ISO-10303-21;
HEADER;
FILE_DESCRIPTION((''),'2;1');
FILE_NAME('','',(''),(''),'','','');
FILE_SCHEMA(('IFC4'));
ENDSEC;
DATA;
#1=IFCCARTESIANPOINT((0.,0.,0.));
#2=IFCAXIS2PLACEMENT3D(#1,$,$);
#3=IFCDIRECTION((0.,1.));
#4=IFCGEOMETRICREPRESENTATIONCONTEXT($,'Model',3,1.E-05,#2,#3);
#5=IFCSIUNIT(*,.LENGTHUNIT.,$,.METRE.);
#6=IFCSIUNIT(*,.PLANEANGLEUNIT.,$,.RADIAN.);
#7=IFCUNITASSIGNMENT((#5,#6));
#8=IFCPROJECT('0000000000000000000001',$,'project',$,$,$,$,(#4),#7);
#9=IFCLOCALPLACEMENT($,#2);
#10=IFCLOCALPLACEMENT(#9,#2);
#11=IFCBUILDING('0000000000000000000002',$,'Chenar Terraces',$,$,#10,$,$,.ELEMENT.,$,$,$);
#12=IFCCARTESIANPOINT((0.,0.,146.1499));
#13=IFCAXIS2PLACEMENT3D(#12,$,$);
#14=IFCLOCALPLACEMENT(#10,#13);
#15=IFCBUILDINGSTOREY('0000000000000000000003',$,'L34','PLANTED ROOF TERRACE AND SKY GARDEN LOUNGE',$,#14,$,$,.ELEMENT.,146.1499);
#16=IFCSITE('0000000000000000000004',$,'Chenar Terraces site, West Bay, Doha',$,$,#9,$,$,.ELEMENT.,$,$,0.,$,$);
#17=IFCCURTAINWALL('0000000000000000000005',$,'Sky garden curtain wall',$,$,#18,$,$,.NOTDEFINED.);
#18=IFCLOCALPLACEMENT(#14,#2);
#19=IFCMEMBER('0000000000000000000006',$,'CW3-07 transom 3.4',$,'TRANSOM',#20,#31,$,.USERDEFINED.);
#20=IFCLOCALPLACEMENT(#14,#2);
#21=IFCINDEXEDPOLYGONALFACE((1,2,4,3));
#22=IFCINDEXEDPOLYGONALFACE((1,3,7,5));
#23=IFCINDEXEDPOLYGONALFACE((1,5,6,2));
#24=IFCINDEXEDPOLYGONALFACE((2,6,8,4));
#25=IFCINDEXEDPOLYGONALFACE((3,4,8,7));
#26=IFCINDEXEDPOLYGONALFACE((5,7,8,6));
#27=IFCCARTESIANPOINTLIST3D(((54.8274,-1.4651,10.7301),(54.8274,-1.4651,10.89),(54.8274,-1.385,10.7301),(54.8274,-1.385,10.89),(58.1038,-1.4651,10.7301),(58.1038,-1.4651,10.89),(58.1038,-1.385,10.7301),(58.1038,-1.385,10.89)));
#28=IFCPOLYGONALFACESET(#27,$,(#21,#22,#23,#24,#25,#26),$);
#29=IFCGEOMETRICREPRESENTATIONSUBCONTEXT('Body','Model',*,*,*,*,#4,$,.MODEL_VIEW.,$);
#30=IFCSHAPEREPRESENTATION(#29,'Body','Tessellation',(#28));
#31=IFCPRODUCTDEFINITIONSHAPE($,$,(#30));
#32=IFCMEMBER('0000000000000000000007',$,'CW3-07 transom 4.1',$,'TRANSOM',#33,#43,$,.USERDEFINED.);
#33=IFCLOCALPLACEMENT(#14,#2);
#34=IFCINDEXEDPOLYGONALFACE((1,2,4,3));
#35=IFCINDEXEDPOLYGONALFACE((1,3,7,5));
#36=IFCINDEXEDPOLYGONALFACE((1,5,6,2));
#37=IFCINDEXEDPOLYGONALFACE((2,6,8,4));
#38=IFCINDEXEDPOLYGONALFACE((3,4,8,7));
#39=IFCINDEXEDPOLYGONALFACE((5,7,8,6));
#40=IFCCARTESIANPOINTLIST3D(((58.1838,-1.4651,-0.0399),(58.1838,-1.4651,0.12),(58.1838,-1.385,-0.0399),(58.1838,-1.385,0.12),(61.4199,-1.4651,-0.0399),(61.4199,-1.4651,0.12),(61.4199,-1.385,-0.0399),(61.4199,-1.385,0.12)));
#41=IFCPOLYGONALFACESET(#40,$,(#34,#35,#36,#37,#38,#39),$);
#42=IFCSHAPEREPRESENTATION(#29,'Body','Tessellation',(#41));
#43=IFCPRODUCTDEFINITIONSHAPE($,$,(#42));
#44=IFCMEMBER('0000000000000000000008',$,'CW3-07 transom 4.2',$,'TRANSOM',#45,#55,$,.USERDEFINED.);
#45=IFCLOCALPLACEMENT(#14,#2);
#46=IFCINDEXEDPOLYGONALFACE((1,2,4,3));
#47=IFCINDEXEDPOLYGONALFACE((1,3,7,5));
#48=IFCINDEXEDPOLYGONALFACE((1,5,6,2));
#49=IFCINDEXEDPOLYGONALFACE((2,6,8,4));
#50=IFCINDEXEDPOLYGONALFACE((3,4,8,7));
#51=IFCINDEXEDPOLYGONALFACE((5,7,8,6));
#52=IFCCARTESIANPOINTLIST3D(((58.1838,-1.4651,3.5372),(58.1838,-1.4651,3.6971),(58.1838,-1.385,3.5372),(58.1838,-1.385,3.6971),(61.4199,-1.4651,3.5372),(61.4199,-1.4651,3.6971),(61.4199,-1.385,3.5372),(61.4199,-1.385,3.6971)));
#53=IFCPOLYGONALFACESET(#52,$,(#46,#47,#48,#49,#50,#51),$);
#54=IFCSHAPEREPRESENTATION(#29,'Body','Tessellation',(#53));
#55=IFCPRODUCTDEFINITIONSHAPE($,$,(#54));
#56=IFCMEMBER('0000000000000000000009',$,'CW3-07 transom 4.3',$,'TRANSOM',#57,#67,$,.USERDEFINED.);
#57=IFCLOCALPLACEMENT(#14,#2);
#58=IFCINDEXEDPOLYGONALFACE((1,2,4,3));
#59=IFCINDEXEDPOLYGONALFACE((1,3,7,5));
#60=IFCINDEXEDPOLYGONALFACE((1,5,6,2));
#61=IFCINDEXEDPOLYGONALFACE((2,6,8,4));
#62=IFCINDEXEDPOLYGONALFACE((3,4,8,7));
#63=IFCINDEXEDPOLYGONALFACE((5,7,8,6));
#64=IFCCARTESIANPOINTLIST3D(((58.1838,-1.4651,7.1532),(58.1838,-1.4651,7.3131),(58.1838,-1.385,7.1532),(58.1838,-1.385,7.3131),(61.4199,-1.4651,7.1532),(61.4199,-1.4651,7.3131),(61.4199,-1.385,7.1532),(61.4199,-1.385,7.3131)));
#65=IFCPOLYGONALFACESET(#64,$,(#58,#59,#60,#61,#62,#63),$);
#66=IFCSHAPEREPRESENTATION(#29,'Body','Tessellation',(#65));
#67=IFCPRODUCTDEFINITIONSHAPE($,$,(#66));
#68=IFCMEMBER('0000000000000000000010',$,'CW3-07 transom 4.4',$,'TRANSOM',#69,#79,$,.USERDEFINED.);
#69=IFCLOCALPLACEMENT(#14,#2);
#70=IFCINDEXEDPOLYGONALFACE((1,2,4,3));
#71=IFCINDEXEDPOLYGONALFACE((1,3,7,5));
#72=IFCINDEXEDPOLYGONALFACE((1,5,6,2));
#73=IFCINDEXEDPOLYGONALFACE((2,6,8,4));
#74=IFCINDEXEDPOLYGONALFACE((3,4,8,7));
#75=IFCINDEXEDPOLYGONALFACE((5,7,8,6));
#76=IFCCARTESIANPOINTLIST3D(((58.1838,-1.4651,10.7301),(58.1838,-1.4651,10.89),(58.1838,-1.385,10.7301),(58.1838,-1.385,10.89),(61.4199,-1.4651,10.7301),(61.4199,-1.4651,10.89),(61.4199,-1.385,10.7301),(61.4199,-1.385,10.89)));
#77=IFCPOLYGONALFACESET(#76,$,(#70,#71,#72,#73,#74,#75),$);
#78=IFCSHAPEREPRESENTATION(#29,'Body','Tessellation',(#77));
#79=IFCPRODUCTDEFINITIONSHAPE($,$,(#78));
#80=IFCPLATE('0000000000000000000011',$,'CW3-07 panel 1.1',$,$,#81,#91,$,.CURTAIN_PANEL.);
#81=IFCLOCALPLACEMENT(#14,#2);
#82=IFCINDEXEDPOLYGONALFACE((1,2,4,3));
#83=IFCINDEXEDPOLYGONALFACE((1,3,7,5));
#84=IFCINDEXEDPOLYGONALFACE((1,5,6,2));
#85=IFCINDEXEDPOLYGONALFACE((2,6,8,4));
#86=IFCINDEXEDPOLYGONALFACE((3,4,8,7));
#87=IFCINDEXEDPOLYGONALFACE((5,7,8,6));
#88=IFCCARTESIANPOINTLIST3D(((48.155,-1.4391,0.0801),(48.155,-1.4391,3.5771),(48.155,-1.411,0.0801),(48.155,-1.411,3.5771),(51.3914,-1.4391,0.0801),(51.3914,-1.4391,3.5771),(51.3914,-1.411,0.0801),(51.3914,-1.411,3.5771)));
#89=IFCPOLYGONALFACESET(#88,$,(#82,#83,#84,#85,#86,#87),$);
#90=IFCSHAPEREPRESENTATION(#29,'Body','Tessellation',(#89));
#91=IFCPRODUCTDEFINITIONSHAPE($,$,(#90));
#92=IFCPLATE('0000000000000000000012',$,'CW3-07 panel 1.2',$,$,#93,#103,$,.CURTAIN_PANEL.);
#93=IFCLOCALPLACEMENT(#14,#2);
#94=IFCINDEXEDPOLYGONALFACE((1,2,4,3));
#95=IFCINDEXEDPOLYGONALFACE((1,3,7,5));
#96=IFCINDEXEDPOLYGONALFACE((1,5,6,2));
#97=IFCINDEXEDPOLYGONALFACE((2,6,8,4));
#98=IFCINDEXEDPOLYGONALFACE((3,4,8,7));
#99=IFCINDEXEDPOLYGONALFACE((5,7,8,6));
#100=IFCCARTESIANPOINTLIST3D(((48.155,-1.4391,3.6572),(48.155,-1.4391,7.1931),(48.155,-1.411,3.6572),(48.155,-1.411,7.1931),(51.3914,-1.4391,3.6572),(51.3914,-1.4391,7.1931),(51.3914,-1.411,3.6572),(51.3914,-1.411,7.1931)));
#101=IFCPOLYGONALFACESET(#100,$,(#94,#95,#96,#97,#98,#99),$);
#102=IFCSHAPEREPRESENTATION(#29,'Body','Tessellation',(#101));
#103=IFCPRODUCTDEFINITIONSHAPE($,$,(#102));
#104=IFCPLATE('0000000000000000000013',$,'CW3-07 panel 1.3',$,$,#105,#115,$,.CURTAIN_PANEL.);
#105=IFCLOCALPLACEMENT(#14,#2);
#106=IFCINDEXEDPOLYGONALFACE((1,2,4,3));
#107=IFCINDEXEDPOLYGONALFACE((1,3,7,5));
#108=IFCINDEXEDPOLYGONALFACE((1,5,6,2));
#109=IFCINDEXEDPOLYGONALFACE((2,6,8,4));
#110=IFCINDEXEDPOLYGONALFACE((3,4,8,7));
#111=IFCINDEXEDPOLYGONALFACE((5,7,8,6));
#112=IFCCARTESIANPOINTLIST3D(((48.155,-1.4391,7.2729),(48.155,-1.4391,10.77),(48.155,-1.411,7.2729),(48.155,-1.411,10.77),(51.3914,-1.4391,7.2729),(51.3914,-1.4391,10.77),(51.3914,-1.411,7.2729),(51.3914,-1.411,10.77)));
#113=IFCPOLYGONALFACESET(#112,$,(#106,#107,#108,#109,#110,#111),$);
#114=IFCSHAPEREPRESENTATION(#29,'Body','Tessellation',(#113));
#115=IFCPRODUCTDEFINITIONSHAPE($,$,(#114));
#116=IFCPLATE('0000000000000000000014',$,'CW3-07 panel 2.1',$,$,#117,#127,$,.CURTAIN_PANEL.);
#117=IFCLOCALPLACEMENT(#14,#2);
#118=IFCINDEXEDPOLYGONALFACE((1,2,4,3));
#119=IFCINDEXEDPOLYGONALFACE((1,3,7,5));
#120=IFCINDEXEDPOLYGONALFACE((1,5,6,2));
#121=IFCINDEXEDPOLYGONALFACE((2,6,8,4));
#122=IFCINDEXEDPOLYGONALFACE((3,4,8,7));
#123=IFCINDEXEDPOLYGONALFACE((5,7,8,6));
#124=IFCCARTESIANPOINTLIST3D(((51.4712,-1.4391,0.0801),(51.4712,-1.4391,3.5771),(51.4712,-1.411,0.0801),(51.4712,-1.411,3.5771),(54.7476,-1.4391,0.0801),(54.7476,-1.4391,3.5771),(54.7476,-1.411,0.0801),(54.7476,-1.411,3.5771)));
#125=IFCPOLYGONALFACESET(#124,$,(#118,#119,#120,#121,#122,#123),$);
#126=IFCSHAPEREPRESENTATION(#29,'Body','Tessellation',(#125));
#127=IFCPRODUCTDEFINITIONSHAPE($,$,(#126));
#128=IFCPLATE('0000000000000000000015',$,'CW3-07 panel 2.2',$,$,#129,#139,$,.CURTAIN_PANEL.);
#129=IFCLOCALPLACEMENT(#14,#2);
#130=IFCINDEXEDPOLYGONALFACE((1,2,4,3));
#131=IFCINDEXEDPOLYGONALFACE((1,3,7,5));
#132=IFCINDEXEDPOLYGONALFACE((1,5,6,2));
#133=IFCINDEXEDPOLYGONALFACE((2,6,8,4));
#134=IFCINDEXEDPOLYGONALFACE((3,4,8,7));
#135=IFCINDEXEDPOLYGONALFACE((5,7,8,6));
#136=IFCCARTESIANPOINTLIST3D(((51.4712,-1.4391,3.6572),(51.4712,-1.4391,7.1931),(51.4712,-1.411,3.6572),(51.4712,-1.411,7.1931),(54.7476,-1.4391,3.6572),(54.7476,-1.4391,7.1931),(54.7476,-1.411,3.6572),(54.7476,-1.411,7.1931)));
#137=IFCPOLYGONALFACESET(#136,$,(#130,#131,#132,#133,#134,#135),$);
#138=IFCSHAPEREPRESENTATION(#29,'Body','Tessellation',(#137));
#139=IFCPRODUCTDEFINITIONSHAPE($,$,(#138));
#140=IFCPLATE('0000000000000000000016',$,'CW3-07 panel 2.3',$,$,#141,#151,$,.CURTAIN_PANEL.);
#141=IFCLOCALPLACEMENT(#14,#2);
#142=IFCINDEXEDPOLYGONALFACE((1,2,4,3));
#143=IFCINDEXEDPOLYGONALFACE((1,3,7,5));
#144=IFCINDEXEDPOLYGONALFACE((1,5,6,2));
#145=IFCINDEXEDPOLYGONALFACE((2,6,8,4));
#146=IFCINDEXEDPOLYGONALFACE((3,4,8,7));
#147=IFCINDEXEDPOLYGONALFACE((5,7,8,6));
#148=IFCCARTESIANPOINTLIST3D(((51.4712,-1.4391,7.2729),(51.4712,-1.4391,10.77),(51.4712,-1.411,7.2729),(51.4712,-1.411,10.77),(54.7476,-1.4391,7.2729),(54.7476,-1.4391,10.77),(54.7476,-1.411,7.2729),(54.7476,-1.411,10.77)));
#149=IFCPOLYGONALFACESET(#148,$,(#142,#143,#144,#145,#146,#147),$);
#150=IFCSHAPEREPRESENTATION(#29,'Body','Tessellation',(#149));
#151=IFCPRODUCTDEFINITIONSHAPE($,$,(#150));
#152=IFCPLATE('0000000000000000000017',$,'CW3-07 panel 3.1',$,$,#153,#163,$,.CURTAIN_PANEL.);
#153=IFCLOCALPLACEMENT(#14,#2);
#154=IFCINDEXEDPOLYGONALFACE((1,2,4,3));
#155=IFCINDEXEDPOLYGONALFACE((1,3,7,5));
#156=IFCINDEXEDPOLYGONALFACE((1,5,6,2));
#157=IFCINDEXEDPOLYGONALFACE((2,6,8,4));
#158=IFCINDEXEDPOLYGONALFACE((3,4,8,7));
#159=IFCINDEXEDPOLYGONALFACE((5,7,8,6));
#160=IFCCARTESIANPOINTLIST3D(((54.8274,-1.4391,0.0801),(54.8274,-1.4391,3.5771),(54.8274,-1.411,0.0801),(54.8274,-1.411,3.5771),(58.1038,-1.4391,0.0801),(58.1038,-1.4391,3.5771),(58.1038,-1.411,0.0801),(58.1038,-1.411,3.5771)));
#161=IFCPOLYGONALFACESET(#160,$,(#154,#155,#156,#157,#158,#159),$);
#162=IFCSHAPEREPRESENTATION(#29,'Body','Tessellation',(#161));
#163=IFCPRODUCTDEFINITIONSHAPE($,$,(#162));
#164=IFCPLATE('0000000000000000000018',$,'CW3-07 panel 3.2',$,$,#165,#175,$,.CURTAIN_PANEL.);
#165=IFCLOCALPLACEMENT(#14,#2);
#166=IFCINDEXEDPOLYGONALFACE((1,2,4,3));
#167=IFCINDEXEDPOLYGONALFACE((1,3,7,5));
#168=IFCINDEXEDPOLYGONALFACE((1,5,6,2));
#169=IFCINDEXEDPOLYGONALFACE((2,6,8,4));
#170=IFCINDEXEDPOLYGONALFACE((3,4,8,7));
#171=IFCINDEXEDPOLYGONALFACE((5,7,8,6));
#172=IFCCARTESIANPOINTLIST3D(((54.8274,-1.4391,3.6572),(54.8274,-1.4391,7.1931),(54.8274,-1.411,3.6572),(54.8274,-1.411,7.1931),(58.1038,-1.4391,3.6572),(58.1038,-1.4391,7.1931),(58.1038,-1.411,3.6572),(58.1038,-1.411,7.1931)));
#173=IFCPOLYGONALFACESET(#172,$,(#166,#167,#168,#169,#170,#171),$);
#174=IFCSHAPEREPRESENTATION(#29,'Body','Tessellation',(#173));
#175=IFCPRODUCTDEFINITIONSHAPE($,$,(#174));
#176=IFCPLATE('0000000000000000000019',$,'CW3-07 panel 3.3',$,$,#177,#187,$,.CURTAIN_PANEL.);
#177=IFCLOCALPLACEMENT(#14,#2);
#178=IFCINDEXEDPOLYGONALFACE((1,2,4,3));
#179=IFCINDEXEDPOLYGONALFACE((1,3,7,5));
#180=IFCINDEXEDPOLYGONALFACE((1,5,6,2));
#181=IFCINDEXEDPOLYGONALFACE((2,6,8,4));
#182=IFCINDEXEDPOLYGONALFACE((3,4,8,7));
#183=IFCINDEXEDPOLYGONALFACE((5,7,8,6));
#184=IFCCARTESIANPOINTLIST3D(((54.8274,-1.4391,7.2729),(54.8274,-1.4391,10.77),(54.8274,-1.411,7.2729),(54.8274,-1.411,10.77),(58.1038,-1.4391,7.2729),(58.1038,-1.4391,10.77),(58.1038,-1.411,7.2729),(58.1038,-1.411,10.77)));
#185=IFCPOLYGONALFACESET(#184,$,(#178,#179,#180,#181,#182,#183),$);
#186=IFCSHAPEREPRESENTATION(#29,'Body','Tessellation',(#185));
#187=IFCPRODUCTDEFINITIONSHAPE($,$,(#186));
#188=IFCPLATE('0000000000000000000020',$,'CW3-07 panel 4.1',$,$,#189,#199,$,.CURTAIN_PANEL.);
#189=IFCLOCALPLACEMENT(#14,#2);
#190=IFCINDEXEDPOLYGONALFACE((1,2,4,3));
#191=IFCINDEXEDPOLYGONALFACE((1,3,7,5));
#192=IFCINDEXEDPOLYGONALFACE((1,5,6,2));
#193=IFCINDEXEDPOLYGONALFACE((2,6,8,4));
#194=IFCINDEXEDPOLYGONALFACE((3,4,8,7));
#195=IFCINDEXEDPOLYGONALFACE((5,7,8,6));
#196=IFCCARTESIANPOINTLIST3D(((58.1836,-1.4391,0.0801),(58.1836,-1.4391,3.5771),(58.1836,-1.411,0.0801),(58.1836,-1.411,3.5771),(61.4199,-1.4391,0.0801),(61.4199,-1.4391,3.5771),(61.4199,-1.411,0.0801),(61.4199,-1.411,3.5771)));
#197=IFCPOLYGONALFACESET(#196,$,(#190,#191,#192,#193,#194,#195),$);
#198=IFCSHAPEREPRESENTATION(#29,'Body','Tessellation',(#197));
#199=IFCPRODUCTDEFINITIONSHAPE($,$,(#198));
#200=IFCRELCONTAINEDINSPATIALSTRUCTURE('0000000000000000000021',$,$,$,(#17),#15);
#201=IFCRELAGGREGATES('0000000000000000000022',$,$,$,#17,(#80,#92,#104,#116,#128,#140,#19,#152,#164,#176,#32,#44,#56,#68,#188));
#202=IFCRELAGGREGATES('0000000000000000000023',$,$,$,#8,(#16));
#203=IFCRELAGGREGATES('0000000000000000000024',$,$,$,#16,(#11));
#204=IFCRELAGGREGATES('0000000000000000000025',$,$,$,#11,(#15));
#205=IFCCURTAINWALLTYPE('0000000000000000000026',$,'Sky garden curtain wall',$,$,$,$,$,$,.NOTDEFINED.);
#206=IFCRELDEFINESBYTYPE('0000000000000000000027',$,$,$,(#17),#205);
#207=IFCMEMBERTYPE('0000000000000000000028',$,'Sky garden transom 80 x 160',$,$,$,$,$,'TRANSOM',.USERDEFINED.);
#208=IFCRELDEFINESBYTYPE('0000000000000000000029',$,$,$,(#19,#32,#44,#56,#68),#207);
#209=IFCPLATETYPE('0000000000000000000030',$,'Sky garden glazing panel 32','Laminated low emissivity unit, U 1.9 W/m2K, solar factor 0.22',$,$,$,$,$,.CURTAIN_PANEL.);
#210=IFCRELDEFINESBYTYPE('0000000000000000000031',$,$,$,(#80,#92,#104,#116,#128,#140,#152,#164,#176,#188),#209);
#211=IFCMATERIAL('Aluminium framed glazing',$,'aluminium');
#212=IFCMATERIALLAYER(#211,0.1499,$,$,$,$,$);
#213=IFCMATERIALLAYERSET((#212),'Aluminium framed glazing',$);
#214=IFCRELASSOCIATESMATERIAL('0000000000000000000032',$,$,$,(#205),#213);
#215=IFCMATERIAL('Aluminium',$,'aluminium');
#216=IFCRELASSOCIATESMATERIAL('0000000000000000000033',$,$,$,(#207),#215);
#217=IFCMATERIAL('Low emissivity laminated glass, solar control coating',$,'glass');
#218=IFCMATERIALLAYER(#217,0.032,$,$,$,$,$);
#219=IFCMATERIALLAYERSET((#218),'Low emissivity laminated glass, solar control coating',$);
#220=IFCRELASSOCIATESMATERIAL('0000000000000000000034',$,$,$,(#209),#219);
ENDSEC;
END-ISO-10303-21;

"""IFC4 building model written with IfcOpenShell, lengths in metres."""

from ifc_helpers import new_model, si_unit, direction, frame, origin, origin_2d, place, context, subcontext, project, spatial, rectangle, extrude, material, layer, layer_set, material_profile, profile_set, type_object, element, aggregate, save


model = new_model("IFC4")

# Units and contexts
model_context = context("Model", 3, precision=1e-05, world=origin(), true_north=direction((0.0, 1.0)))
body_context = subcontext(model_context, "Body", "Model", "MODEL_VIEW")
ifc_project = project(units=[si_unit("LENGTHUNIT", "METRE"), si_unit("PLANEANGLEUNIT", "RADIAN")], contexts=[model_context])

# Site, building, storey
site_placement = place(None, origin())
site = spatial("IfcSite", under=ifc_project, at=site_placement, Name="Chenar Terraces site, West Bay, Doha", CompositionType="ELEMENT", RefElevation=0.0)
building_placement = place(site_placement, origin())
building = spatial("IfcBuilding", under=site, at=building_placement, Name="Chenar Terraces", CompositionType="ELEMENT")
storey_placement = place(building_placement, frame((0.0, 0.0, 146.1499)))
storey = spatial("IfcBuildingStorey", under=building, at=storey_placement, Name="L34", Description="PLANTED ROOF TERRACE AND SKY GARDEN LOUNGE", CompositionType="ELEMENT", Elevation=146.1499)

# Curtain wall, members, plates
ifc_material_1 = material(Name="Aluminium framed glazing", Category="aluminium")
ifc_layer_1 = layer(ifc_material_1, 0.1499)
ifc_layer_set_1 = layer_set([ifc_layer_1], Name="Aluminium framed glazing")
curtain_wall_type = type_object("IfcCurtainWallType", Name="Sky garden curtain wall", PredefinedType="NOTDEFINED", material=ifc_layer_set_1)
curtain_wall_placement = place(storey_placement, origin())
curtain_wall = element("IfcCurtainWall", 1, at=curtain_wall_placement, inside=storey, type_object=curtain_wall_type, Name="Sky garden curtain wall", PredefinedType="NOTDEFINED")
ifc_material_2 = material(Name="Aluminium", Category="aluminium")
ifc_material_profile_1 = material_profile(ifc_material_2, rectangle(XDim=0.0801, YDim=0.1599, at=origin_2d()), Name="Sky garden transom 80 x 160")
ifc_profile_set_1 = profile_set([ifc_material_profile_1], Name="Aluminium")
member_type_1 = type_object("IfcMemberType", Name="Sky garden transom 80 x 160", ElementType="TRANSOM", PredefinedType="USERDEFINED", material=ifc_profile_set_1)
member_1_placement = place(storey_placement, frame((54.8274, -1.425, 10.8101), z_axis=(1.0, 0.0, 0.0), x_axis=(0.0, 1.0, 0.0)))
member_1 = element("IfcMember", 2, at=member_1_placement, type_object=member_type_1, Name="CW3-07 transom 3.4", ObjectType="TRANSOM", PredefinedType="USERDEFINED", context=body_context, shape_type="SweptSolid", body=[
    extrude(rectangle(XDim=0.0801, YDim=0.1599, at=origin_2d()), origin(), (0.0, 0.0, 1.0), 3.2764),
])
member_2_placement = place(storey_placement, frame((58.1838, -1.425, 0.04), z_axis=(1.0, 0.0, 0.0), x_axis=(0.0, 1.0, 0.0)))
member_2 = element("IfcMember", 3, at=member_2_placement, type_object=member_type_1, Name="CW3-07 transom 4.1", ObjectType="TRANSOM", PredefinedType="USERDEFINED", context=body_context, shape_type="SweptSolid", body=[
    extrude(rectangle(XDim=0.0801, YDim=0.1599, at=origin_2d()), origin(), (0.0, 0.0, 1.0), 3.2361),
])
member_3_placement = place(storey_placement, frame((58.1838, -1.425, 3.6172), z_axis=(1.0, 0.0, 0.0), x_axis=(0.0, 1.0, 0.0)))
member_3 = element("IfcMember", 4, at=member_3_placement, type_object=member_type_1, Name="CW3-07 transom 4.2", ObjectType="TRANSOM", PredefinedType="USERDEFINED", context=body_context, shape_type="SweptSolid", body=[
    extrude(rectangle(XDim=0.0801, YDim=0.1599, at=origin_2d()), origin(), (0.0, 0.0, 1.0), 3.2361),
])
member_4_placement = place(storey_placement, frame((58.1838, -1.425, 7.2332), z_axis=(1.0, 0.0, 0.0), x_axis=(0.0, 1.0, 0.0)))
member_4 = element("IfcMember", 5, at=member_4_placement, type_object=member_type_1, Name="CW3-07 transom 4.3", ObjectType="TRANSOM", PredefinedType="USERDEFINED", context=body_context, shape_type="SweptSolid", body=[
    extrude(rectangle(XDim=0.0801, YDim=0.1599, at=origin_2d()), origin(), (0.0, 0.0, 1.0), 3.2361),
])
member_5_placement = place(storey_placement, frame((58.1838, -1.425, 10.8101), z_axis=(1.0, 0.0, 0.0), x_axis=(0.0, 1.0, 0.0)))
member_5 = element("IfcMember", 6, at=member_5_placement, type_object=member_type_1, Name="CW3-07 transom 4.4", ObjectType="TRANSOM", PredefinedType="USERDEFINED", context=body_context, shape_type="SweptSolid", body=[
    extrude(rectangle(XDim=0.0801, YDim=0.1599, at=origin_2d()), origin(), (0.0, 0.0, 1.0), 3.2361),
])
ifc_material_3 = material(Name="Low emissivity laminated glass, solar control coating", Category="glass")
ifc_layer_2 = layer(ifc_material_3, 0.032)
ifc_layer_set_2 = layer_set([ifc_layer_2], Name="Low emissivity laminated glass, solar control coating")
plate_type = type_object("IfcPlateType", Name="Sky garden glazing panel 32", Description="Laminated low emissivity unit, U 1.9 W/m2K, solar factor 0.22", PredefinedType="CURTAIN_PANEL", material=ifc_layer_set_2)
plate_1_placement = place(storey_placement, frame((49.7732, -1.425, 0.0801), z_axis=(0.0, 0.0, 1.0), x_axis=(1.0, 0.0, 0.0)))
plate_1 = element("IfcPlate", 7, at=plate_1_placement, type_object=plate_type, Name="CW3-07 panel 1.1", PredefinedType="CURTAIN_PANEL", context=body_context, shape_type="SweptSolid", body=[
    extrude(rectangle(XDim=3.2363, YDim=0.0281, at=origin_2d()), origin(), (0.0, 0.0, 1.0), 3.4971),
])
plate_2_placement = place(storey_placement, frame((49.7732, -1.425, 3.6572), z_axis=(0.0, 0.0, 1.0), x_axis=(1.0, 0.0, 0.0)))
plate_2 = element("IfcPlate", 8, at=plate_2_placement, type_object=plate_type, Name="CW3-07 panel 1.2", PredefinedType="CURTAIN_PANEL", context=body_context, shape_type="SweptSolid", body=[
    extrude(rectangle(XDim=3.2363, YDim=0.0281, at=origin_2d()), origin(), (0.0, 0.0, 1.0), 3.5359),
])
plate_3_placement = place(storey_placement, frame((49.7732, -1.425, 7.2729), z_axis=(0.0, 0.0, 1.0), x_axis=(1.0, 0.0, 0.0)))
plate_3 = element("IfcPlate", 9, at=plate_3_placement, type_object=plate_type, Name="CW3-07 panel 1.3", PredefinedType="CURTAIN_PANEL", context=body_context, shape_type="SweptSolid", body=[
    extrude(rectangle(XDim=3.2363, YDim=0.0281, at=origin_2d()), origin(), (0.0, 0.0, 1.0), 3.4971),
])
plate_4_placement = place(storey_placement, frame((53.1094, -1.425, 0.0801), z_axis=(0.0, 0.0, 1.0), x_axis=(1.0, 0.0, 0.0)))
plate_4 = element("IfcPlate", 10, at=plate_4_placement, type_object=plate_type, Name="CW3-07 panel 2.1", PredefinedType="CURTAIN_PANEL", context=body_context, shape_type="SweptSolid", body=[
    extrude(rectangle(XDim=3.2764, YDim=0.0281, at=origin_2d()), origin(), (0.0, 0.0, 1.0), 3.4971),
])
plate_5_placement = place(storey_placement, frame((53.1094, -1.425, 3.6572), z_axis=(0.0, 0.0, 1.0), x_axis=(1.0, 0.0, 0.0)))
plate_5 = element("IfcPlate", 11, at=plate_5_placement, type_object=plate_type, Name="CW3-07 panel 2.2", PredefinedType="CURTAIN_PANEL", context=body_context, shape_type="SweptSolid", body=[
    extrude(rectangle(XDim=3.2764, YDim=0.0281, at=origin_2d()), origin(), (0.0, 0.0, 1.0), 3.5359),
])
plate_6_placement = place(storey_placement, frame((53.1094, -1.425, 7.2729), z_axis=(0.0, 0.0, 1.0), x_axis=(1.0, 0.0, 0.0)))
plate_6 = element("IfcPlate", 12, at=plate_6_placement, type_object=plate_type, Name="CW3-07 panel 2.3", PredefinedType="CURTAIN_PANEL", context=body_context, shape_type="SweptSolid", body=[
    extrude(rectangle(XDim=3.2764, YDim=0.0281, at=origin_2d()), origin(), (0.0, 0.0, 1.0), 3.4971),
])
plate_7_placement = place(storey_placement, frame((56.4656, -1.425, 0.0801), z_axis=(0.0, 0.0, 1.0), x_axis=(1.0, 0.0, 0.0)))
plate_7 = element("IfcPlate", 13, at=plate_7_placement, type_object=plate_type, Name="CW3-07 panel 3.1", PredefinedType="CURTAIN_PANEL", context=body_context, shape_type="SweptSolid", body=[
    extrude(rectangle(XDim=3.2764, YDim=0.0281, at=origin_2d()), origin(), (0.0, 0.0, 1.0), 3.4971),
])
plate_8_placement = place(storey_placement, frame((56.4656, -1.425, 3.6572), z_axis=(0.0, 0.0, 1.0), x_axis=(1.0, 0.0, 0.0)))
plate_8 = element("IfcPlate", 14, at=plate_8_placement, type_object=plate_type, Name="CW3-07 panel 3.2", PredefinedType="CURTAIN_PANEL", context=body_context, shape_type="SweptSolid", body=[
    extrude(rectangle(XDim=3.2764, YDim=0.0281, at=origin_2d()), origin(), (0.0, 0.0, 1.0), 3.5359),
])
plate_9_placement = place(storey_placement, frame((56.4656, -1.425, 7.2729), z_axis=(0.0, 0.0, 1.0), x_axis=(1.0, 0.0, 0.0)))
plate_9 = element("IfcPlate", 15, at=plate_9_placement, type_object=plate_type, Name="CW3-07 panel 3.3", PredefinedType="CURTAIN_PANEL", context=body_context, shape_type="SweptSolid", body=[
    extrude(rectangle(XDim=3.2764, YDim=0.0281, at=origin_2d()), origin(), (0.0, 0.0, 1.0), 3.4971),
])
plate_10_placement = place(storey_placement, frame((59.8018, -1.425, 0.0801), z_axis=(0.0, 0.0, 1.0), x_axis=(1.0, 0.0, 0.0)))
plate_10 = element("IfcPlate", 16, at=plate_10_placement, type_object=plate_type, Name="CW3-07 panel 4.1", PredefinedType="CURTAIN_PANEL", context=body_context, shape_type="SweptSolid", body=[
    extrude(rectangle(XDim=3.2363, YDim=0.0281, at=origin_2d()), origin(), (0.0, 0.0, 1.0), 3.4971),
])
aggregate(curtain_wall, [plate_1, plate_2, plate_3, plate_4, plate_5, plate_6, member_1, plate_7, plate_8, plate_9, member_2, member_3, member_4, member_5, plate_10])

save(model, "model.ifc")
